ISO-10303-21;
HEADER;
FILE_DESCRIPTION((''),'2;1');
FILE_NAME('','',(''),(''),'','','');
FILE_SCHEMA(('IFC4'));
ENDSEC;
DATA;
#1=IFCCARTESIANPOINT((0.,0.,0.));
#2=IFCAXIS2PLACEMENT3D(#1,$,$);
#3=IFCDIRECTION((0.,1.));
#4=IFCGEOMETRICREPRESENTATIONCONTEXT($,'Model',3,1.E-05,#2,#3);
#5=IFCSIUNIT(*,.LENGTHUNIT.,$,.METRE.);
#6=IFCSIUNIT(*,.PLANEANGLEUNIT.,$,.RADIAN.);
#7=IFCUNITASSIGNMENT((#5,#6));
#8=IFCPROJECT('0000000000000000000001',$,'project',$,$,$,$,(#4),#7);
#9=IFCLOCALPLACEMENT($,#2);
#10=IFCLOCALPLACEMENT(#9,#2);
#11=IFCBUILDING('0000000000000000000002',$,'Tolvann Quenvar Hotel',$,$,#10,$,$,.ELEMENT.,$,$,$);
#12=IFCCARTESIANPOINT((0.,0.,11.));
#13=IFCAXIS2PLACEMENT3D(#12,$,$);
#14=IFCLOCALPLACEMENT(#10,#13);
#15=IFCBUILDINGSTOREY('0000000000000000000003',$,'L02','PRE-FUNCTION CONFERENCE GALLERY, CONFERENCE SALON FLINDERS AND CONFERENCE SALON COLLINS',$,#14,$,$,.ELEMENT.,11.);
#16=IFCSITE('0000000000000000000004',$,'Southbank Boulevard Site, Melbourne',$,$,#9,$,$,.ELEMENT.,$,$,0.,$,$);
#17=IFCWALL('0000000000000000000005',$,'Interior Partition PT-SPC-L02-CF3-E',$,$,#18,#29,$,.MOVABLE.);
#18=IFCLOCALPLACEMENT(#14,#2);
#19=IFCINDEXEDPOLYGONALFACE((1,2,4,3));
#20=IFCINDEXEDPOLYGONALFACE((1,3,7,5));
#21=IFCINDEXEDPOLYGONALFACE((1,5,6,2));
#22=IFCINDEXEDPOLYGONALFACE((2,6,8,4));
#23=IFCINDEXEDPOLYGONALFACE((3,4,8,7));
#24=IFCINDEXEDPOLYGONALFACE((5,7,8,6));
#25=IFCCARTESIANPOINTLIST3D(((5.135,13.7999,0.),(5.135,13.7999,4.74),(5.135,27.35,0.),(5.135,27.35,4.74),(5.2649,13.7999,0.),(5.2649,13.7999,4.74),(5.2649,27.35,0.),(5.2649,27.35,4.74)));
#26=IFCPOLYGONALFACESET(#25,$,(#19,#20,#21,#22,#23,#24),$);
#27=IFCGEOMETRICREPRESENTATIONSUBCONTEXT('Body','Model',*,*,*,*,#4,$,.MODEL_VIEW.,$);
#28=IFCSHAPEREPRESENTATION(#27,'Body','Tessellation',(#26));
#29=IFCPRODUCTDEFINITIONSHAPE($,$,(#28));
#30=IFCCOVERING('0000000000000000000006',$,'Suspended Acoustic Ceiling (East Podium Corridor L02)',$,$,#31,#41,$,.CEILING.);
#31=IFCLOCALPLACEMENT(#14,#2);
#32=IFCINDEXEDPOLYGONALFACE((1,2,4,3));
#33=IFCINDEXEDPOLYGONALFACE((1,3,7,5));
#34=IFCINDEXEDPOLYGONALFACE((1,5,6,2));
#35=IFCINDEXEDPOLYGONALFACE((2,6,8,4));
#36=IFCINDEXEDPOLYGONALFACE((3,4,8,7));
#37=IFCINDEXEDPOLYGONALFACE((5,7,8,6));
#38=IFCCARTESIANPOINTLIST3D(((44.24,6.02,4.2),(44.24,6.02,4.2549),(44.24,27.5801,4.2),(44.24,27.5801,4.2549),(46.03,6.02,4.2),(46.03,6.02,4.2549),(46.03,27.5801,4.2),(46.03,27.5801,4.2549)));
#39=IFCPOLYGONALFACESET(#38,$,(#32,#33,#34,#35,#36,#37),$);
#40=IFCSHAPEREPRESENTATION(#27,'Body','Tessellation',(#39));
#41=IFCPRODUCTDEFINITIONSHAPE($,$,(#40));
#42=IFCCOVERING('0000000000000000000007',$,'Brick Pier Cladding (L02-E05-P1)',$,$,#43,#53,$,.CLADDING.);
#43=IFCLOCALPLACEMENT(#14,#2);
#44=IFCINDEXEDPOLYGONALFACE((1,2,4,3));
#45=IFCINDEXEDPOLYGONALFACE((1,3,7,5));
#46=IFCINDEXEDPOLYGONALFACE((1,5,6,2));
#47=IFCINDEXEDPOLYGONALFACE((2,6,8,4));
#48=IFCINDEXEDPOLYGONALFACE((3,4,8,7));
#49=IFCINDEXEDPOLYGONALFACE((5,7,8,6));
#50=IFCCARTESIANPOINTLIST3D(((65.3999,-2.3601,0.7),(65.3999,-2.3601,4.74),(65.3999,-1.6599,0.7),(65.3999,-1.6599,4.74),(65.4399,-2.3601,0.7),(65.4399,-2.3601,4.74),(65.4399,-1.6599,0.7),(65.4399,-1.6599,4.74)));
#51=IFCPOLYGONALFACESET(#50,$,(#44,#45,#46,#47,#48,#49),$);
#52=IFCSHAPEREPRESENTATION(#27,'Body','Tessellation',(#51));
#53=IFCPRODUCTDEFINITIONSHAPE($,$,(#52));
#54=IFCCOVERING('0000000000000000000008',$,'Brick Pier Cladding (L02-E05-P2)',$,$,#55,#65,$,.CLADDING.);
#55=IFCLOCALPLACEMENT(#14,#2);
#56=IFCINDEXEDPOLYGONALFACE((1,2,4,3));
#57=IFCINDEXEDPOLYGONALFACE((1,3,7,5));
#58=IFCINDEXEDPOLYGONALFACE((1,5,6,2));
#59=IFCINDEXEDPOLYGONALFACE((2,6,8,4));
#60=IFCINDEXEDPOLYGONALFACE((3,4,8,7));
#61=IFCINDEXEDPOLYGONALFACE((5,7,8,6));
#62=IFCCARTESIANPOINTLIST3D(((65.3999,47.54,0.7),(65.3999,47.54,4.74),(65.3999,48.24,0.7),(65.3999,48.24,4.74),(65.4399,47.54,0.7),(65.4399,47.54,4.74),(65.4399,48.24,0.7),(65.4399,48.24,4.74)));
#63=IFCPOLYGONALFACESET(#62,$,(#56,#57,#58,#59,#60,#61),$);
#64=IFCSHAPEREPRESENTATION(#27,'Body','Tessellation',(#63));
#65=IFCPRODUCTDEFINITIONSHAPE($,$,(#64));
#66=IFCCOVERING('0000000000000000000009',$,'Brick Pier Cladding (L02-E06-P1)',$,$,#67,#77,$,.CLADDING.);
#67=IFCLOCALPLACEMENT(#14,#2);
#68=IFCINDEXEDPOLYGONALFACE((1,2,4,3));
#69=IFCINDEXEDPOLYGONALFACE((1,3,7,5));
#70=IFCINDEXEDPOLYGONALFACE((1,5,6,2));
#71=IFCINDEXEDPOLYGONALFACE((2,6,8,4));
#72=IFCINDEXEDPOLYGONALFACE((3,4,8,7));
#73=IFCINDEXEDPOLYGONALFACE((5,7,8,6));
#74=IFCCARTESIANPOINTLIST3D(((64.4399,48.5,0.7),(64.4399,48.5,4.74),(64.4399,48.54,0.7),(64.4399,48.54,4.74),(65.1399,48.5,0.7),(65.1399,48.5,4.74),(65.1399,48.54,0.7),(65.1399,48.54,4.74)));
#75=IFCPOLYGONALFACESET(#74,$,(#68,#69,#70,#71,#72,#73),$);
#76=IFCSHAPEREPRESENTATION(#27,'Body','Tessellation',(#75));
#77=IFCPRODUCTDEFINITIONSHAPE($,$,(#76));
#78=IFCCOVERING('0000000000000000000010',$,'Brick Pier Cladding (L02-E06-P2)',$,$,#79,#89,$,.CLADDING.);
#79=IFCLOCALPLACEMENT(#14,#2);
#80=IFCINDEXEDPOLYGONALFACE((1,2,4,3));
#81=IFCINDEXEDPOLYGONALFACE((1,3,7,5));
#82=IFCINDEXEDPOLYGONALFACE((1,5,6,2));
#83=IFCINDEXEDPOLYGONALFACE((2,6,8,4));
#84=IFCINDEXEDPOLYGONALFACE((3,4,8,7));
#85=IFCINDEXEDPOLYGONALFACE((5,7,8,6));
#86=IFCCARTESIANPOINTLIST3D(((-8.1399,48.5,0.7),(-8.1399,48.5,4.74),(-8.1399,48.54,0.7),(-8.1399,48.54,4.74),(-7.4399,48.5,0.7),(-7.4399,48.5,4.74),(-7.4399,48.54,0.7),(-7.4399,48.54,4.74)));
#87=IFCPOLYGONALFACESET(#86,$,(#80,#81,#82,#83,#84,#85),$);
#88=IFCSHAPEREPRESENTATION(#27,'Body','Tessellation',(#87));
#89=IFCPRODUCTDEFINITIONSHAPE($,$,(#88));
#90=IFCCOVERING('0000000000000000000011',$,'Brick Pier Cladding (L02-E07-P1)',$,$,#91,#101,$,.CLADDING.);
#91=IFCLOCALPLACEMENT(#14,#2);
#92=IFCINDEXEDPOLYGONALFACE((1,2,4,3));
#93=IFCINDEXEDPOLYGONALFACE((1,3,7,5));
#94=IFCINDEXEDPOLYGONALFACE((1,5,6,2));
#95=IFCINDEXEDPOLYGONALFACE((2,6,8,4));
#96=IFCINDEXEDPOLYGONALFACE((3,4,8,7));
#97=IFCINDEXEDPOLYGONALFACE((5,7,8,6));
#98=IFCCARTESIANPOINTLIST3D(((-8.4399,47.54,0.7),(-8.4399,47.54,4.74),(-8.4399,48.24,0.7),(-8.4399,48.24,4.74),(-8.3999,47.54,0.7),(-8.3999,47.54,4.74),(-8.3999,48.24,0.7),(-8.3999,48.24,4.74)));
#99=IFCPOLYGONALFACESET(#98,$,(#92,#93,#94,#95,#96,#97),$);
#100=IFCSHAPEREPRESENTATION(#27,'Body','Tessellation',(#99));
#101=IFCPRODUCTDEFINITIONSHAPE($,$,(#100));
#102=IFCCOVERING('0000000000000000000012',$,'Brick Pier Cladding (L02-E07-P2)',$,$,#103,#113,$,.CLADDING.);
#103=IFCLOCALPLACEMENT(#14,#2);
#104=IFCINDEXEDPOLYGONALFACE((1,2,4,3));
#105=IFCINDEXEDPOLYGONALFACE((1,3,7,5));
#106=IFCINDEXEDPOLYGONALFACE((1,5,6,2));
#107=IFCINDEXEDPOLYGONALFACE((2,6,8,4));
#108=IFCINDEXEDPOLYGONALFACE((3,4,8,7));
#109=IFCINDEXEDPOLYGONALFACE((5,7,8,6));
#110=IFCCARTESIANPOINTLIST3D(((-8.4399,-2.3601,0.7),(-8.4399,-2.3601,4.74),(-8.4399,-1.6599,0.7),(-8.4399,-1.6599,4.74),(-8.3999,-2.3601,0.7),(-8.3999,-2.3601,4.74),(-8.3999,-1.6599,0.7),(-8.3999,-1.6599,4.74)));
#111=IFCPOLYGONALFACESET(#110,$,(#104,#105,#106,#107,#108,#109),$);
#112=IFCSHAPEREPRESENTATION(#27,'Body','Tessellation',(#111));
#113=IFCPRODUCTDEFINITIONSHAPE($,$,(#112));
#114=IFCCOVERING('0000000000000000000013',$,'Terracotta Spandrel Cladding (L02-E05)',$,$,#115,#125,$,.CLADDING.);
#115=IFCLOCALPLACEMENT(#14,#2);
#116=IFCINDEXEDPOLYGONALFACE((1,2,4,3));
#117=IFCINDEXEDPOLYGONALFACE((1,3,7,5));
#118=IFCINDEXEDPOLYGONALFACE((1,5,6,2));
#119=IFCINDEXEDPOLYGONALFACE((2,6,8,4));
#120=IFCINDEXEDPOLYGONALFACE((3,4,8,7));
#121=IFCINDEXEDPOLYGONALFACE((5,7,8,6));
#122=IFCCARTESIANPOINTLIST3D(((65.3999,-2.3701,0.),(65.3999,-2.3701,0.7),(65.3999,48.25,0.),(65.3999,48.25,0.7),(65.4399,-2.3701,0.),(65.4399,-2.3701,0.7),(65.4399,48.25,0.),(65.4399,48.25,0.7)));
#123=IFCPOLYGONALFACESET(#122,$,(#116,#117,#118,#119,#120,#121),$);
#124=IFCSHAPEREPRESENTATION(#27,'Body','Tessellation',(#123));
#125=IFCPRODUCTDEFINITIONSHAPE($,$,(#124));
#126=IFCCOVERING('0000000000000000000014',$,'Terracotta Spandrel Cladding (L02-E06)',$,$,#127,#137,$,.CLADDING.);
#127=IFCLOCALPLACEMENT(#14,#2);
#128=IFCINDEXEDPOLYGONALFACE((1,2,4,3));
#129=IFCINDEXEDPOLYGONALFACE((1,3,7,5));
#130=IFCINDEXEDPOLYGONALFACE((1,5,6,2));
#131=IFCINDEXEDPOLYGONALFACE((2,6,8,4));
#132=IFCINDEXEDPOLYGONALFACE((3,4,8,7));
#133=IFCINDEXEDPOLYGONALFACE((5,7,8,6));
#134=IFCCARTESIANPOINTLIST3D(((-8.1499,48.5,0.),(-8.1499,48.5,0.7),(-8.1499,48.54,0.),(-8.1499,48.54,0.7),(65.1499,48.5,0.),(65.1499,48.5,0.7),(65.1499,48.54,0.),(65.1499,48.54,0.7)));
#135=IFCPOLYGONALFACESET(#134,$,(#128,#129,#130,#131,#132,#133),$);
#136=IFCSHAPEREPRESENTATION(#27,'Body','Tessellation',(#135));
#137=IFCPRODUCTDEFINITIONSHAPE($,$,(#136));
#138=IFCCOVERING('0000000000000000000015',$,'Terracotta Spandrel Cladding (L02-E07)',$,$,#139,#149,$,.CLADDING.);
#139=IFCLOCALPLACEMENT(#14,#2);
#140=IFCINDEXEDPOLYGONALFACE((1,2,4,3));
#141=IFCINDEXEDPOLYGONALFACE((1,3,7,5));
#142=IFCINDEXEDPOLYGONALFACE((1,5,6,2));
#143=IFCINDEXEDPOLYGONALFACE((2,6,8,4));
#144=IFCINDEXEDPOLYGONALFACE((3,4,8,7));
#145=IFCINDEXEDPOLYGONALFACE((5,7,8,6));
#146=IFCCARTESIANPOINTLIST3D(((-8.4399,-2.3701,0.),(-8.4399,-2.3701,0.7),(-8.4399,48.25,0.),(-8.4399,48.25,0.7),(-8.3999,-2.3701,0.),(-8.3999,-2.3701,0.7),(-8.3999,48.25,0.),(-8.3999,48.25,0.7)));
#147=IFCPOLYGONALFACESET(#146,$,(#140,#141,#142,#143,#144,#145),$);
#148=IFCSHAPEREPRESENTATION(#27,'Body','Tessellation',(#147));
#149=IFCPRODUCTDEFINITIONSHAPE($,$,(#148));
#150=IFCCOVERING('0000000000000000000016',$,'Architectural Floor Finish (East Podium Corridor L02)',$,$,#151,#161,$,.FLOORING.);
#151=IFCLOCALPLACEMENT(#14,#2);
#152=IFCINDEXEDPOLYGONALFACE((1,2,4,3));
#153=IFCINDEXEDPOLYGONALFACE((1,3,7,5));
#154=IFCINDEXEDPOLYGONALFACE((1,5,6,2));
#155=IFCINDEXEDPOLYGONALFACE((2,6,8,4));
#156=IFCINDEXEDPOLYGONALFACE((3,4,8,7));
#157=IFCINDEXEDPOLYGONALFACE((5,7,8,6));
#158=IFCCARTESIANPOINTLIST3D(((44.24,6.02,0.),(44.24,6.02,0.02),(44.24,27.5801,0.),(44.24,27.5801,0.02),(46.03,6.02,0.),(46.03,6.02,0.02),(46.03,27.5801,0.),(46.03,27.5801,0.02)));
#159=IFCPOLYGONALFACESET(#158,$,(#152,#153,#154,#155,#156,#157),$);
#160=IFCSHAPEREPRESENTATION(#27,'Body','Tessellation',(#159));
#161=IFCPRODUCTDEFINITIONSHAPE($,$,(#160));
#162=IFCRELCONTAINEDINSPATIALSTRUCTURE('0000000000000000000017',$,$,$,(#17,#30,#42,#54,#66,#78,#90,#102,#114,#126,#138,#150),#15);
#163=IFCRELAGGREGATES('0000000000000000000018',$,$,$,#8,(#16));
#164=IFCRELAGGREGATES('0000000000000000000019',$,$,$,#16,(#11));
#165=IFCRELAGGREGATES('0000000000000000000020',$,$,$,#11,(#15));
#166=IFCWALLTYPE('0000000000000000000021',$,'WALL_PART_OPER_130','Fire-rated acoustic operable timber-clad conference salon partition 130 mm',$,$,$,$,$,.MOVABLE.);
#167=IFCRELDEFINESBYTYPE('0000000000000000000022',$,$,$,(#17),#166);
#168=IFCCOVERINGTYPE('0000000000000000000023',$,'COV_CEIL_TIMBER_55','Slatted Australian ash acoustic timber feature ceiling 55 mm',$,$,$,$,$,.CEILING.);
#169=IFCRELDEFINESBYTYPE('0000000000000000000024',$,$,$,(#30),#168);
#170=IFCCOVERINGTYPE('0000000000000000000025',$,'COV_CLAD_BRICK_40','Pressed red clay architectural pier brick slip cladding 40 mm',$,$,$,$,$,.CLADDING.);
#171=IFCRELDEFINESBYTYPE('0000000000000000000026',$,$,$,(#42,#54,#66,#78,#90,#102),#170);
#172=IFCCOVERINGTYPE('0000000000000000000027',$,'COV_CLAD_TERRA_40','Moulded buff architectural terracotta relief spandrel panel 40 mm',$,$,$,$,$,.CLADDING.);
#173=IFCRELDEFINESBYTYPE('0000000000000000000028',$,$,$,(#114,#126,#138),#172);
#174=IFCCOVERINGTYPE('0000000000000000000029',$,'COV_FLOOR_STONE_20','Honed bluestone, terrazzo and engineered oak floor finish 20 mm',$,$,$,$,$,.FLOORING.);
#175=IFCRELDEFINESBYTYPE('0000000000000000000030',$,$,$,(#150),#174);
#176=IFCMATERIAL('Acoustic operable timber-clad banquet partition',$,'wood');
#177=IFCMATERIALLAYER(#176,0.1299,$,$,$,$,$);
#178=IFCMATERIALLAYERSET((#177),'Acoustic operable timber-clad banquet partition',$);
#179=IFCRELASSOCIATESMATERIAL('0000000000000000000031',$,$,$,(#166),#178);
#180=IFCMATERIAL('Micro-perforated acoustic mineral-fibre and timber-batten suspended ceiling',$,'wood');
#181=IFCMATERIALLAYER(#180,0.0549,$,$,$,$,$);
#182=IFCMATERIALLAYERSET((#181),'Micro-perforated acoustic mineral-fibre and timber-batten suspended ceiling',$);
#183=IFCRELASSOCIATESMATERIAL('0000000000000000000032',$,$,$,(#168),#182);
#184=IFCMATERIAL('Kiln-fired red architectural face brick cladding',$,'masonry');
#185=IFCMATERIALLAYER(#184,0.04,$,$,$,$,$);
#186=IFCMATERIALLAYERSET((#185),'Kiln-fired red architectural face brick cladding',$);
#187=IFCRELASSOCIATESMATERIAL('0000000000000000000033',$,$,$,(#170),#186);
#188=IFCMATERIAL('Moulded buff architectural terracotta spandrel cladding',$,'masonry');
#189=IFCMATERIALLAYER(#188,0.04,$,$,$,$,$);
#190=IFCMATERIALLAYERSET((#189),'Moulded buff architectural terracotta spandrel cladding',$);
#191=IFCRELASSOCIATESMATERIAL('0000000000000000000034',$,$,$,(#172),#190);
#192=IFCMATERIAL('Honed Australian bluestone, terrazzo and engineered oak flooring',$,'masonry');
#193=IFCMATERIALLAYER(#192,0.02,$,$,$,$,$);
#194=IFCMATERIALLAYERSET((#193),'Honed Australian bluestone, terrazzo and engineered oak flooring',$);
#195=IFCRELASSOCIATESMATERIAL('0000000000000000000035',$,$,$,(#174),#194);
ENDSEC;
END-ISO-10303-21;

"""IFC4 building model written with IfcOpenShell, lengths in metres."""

from ifc_helpers import new_model, si_unit, direction, frame, frame_2d, origin, place, context, subcontext, project, spatial, polyline, rectangle, outline, extrude, material, layer, layer_set, type_object, element, save


model = new_model("IFC4")

# Units and contexts
model_context = context("Model", 3, precision=1e-05, world=origin(), true_north=direction((0.0, 1.0)))
body_context = subcontext(model_context, "Body", "Model", "MODEL_VIEW")
ifc_project = project(units=[si_unit("LENGTHUNIT", "METRE"), si_unit("PLANEANGLEUNIT", "RADIAN")], contexts=[model_context])

# Site, building, storey
site_placement = place(None, origin())
site = spatial("IfcSite", under=ifc_project, at=site_placement, Name="Southbank Boulevard Site, Melbourne", CompositionType="ELEMENT", RefElevation=0.0)
building_placement = place(site_placement, origin())
building = spatial("IfcBuilding", under=site, at=building_placement, Name="Tolvann Quenvar Hotel", CompositionType="ELEMENT")
storey_placement = place(building_placement, frame((0.0, 0.0, 11.0)))
storey = spatial("IfcBuildingStorey", under=building, at=storey_placement, Name="L02", Description="PRE-FUNCTION CONFERENCE GALLERY, CONFERENCE SALON FLINDERS AND CONFERENCE SALON COLLINS", CompositionType="ELEMENT", Elevation=11.0)

# Wall
ifc_material_1 = material(Name="Acoustic operable timber-clad banquet partition", Category="wood")
ifc_layer_1 = layer(ifc_material_1, 0.1299)
ifc_layer_set_1 = layer_set([ifc_layer_1], Name="Acoustic operable timber-clad banquet partition")
wall_type = type_object("IfcWallType", Name="WALL_PART_OPER_130", Description="Fire-rated acoustic operable timber-clad conference salon partition 130 mm", PredefinedType="MOVABLE", material=ifc_layer_set_1)
wall_placement = place(storey_placement, frame((5.2, 13.8, 0.0), z_axis=(0.0, 0.0, 1.0), x_axis=(0.0, 1.0, 0.0)))
element("IfcWall", 1, at=wall_placement, inside=storey, type_object=wall_type, Name="Interior Partition PT-SPC-L02-CF3-E", PredefinedType="MOVABLE", context=body_context, shape_type="SweptSolid", body=[
    extrude(rectangle(XDim=13.55, YDim=0.1299, at=frame_2d((6.7749, 0.0))), origin(), (0.0, 0.0, 1.0), 4.74),
])

# Coverings
ifc_material_2 = material(Name="Micro-perforated acoustic mineral-fibre and timber-batten suspended ceiling", Category="wood")
ifc_layer_2 = layer(ifc_material_2, 0.0549)
ifc_layer_set_2 = layer_set([ifc_layer_2], Name="Micro-perforated acoustic mineral-fibre and timber-batten suspended ceiling")
covering_type_1 = type_object("IfcCoveringType", Name="COV_CEIL_TIMBER_55", Description="Slatted Australian ash acoustic timber feature ceiling 55 mm", PredefinedType="CEILING", material=ifc_layer_set_2)
covering_1_placement = place(storey_placement, frame((0.0, 0.0, 4.2)))
element("IfcCovering", 2, at=covering_1_placement, inside=storey, type_object=covering_type_1, Name="Suspended Acoustic Ceiling (East Podium Corridor L02)", PredefinedType="CEILING", context=body_context, shape_type="SweptSolid", body=[
    extrude(outline(polyline([(44.24, 6.02), (46.03, 6.02), (46.03, 27.5801), (44.24, 27.5801), (44.24, 6.02)])), origin(), (0.0, 0.0, 1.0), 0.0549),
])
ifc_material_3 = material(Name="Kiln-fired red architectural face brick cladding", Category="masonry")
ifc_layer_3 = layer(ifc_material_3, 0.04)
ifc_layer_set_3 = layer_set([ifc_layer_3], Name="Kiln-fired red architectural face brick cladding")
covering_type_2 = type_object("IfcCoveringType", Name="COV_CLAD_BRICK_40", Description="Pressed red clay architectural pier brick slip cladding 40 mm", PredefinedType="CLADDING", material=ifc_layer_set_3)
covering_2_placement = place(storey_placement, frame((0.0, 0.0, 0.7)))
element("IfcCovering", 3, at=covering_2_placement, inside=storey, type_object=covering_type_2, Name="Brick Pier Cladding (L02-E05-P1)", PredefinedType="CLADDING", context=body_context, shape_type="SweptSolid", body=[
    extrude(outline(polyline([(65.3999, -2.3601), (65.3999, -1.6599), (65.4399, -1.6599), (65.4399, -2.3601), (65.3999, -2.3601)])), origin(), (0.0, 0.0, 1.0), 4.04),
])
covering_3_placement = place(storey_placement, frame((0.0, 0.0, 0.7)))
element("IfcCovering", 4, at=covering_3_placement, inside=storey, type_object=covering_type_2, Name="Brick Pier Cladding (L02-E05-P2)", PredefinedType="CLADDING", context=body_context, shape_type="SweptSolid", body=[
    extrude(outline(polyline([(65.3999, 47.54), (65.3999, 48.24), (65.4399, 48.24), (65.4399, 47.54), (65.3999, 47.54)])), origin(), (0.0, 0.0, 1.0), 4.04),
])
covering_4_placement = place(storey_placement, frame((0.0, 0.0, 0.7)))
element("IfcCovering", 5, at=covering_4_placement, inside=storey, type_object=covering_type_2, Name="Brick Pier Cladding (L02-E06-P1)", PredefinedType="CLADDING", context=body_context, shape_type="SweptSolid", body=[
    extrude(outline(polyline([(65.1399, 48.5), (64.4399, 48.5), (64.4399, 48.54), (65.1399, 48.54), (65.1399, 48.5)])), origin(), (0.0, 0.0, 1.0), 4.04),
])
covering_5_placement = place(storey_placement, frame((0.0, 0.0, 0.7)))
element("IfcCovering", 6, at=covering_5_placement, inside=storey, type_object=covering_type_2, Name="Brick Pier Cladding (L02-E06-P2)", PredefinedType="CLADDING", context=body_context, shape_type="SweptSolid", body=[
    extrude(outline(polyline([(-7.4399, 48.5), (-8.1399, 48.5), (-8.1399, 48.54), (-7.4399, 48.54), (-7.4399, 48.5)])), origin(), (0.0, 0.0, 1.0), 4.04),
])
covering_6_placement = place(storey_placement, frame((0.0, 0.0, 0.7)))
element("IfcCovering", 7, at=covering_6_placement, inside=storey, type_object=covering_type_2, Name="Brick Pier Cladding (L02-E07-P1)", PredefinedType="CLADDING", context=body_context, shape_type="SweptSolid", body=[
    extrude(outline(polyline([(-8.3999, 48.24), (-8.3999, 47.54), (-8.4399, 47.54), (-8.4399, 48.24), (-8.3999, 48.24)])), origin(), (0.0, 0.0, 1.0), 4.04),
])
covering_7_placement = place(storey_placement, frame((0.0, 0.0, 0.7)))
element("IfcCovering", 8, at=covering_7_placement, inside=storey, type_object=covering_type_2, Name="Brick Pier Cladding (L02-E07-P2)", PredefinedType="CLADDING", context=body_context, shape_type="SweptSolid", body=[
    extrude(outline(polyline([(-8.3999, -1.6599), (-8.3999, -2.3601), (-8.4399, -2.3601), (-8.4399, -1.6599), (-8.3999, -1.6599)])), origin(), (0.0, 0.0, 1.0), 4.04),
])
ifc_material_4 = material(Name="Moulded buff architectural terracotta spandrel cladding", Category="masonry")
ifc_layer_4 = layer(ifc_material_4, 0.04)
ifc_layer_set_4 = layer_set([ifc_layer_4], Name="Moulded buff architectural terracotta spandrel cladding")
covering_type_3 = type_object("IfcCoveringType", Name="COV_CLAD_TERRA_40", Description="Moulded buff architectural terracotta relief spandrel panel 40 mm", PredefinedType="CLADDING", material=ifc_layer_set_4)
covering_8_placement = place(storey_placement, origin())
element("IfcCovering", 9, at=covering_8_placement, inside=storey, type_object=covering_type_3, Name="Terracotta Spandrel Cladding (L02-E05)", PredefinedType="CLADDING", context=body_context, shape_type="SweptSolid", body=[
    extrude(outline(polyline([(65.3999, -2.3701), (65.3999, 48.25), (65.4399, 48.25), (65.4399, -2.3701), (65.3999, -2.3701)])), origin(), (0.0, 0.0, 1.0), 0.7),
])
covering_9_placement = place(storey_placement, origin())
element("IfcCovering", 10, at=covering_9_placement, inside=storey, type_object=covering_type_3, Name="Terracotta Spandrel Cladding (L02-E06)", PredefinedType="CLADDING", context=body_context, shape_type="SweptSolid", body=[
    extrude(outline(polyline([(65.1499, 48.5), (-8.1499, 48.5), (-8.1499, 48.54), (65.1499, 48.54), (65.1499, 48.5)])), origin(), (0.0, 0.0, 1.0), 0.7),
])
covering_10_placement = place(storey_placement, origin())
element("IfcCovering", 11, at=covering_10_placement, inside=storey, type_object=covering_type_3, Name="Terracotta Spandrel Cladding (L02-E07)", PredefinedType="CLADDING", context=body_context, shape_type="SweptSolid", body=[
    extrude(outline(polyline([(-8.3999, 48.25), (-8.3999, -2.3701), (-8.4399, -2.3701), (-8.4399, 48.25), (-8.3999, 48.25)])), origin(), (0.0, 0.0, 1.0), 0.7),
])
ifc_material_5 = material(Name="Honed Australian bluestone, terrazzo and engineered oak flooring", Category="masonry")
ifc_layer_5 = layer(ifc_material_5, 0.02)
ifc_layer_set_5 = layer_set([ifc_layer_5], Name="Honed Australian bluestone, terrazzo and engineered oak flooring")
covering_type_4 = type_object("IfcCoveringType", Name="COV_FLOOR_STONE_20", Description="Honed bluestone, terrazzo and engineered oak floor finish 20 mm", PredefinedType="FLOORING", material=ifc_layer_set_5)
covering_11_placement = place(storey_placement, origin())
element("IfcCovering", 12, at=covering_11_placement, inside=storey, type_object=covering_type_4, Name="Architectural Floor Finish (East Podium Corridor L02)", PredefinedType="FLOORING", context=body_context, shape_type="SweptSolid", body=[
    extrude(outline(polyline([(44.24, 6.02), (46.03, 6.02), (46.03, 27.5801), (44.24, 27.5801), (44.24, 6.02)])), origin(), (0.0, 0.0, 1.0), 0.02),
])

save(model, "model.ifc")
